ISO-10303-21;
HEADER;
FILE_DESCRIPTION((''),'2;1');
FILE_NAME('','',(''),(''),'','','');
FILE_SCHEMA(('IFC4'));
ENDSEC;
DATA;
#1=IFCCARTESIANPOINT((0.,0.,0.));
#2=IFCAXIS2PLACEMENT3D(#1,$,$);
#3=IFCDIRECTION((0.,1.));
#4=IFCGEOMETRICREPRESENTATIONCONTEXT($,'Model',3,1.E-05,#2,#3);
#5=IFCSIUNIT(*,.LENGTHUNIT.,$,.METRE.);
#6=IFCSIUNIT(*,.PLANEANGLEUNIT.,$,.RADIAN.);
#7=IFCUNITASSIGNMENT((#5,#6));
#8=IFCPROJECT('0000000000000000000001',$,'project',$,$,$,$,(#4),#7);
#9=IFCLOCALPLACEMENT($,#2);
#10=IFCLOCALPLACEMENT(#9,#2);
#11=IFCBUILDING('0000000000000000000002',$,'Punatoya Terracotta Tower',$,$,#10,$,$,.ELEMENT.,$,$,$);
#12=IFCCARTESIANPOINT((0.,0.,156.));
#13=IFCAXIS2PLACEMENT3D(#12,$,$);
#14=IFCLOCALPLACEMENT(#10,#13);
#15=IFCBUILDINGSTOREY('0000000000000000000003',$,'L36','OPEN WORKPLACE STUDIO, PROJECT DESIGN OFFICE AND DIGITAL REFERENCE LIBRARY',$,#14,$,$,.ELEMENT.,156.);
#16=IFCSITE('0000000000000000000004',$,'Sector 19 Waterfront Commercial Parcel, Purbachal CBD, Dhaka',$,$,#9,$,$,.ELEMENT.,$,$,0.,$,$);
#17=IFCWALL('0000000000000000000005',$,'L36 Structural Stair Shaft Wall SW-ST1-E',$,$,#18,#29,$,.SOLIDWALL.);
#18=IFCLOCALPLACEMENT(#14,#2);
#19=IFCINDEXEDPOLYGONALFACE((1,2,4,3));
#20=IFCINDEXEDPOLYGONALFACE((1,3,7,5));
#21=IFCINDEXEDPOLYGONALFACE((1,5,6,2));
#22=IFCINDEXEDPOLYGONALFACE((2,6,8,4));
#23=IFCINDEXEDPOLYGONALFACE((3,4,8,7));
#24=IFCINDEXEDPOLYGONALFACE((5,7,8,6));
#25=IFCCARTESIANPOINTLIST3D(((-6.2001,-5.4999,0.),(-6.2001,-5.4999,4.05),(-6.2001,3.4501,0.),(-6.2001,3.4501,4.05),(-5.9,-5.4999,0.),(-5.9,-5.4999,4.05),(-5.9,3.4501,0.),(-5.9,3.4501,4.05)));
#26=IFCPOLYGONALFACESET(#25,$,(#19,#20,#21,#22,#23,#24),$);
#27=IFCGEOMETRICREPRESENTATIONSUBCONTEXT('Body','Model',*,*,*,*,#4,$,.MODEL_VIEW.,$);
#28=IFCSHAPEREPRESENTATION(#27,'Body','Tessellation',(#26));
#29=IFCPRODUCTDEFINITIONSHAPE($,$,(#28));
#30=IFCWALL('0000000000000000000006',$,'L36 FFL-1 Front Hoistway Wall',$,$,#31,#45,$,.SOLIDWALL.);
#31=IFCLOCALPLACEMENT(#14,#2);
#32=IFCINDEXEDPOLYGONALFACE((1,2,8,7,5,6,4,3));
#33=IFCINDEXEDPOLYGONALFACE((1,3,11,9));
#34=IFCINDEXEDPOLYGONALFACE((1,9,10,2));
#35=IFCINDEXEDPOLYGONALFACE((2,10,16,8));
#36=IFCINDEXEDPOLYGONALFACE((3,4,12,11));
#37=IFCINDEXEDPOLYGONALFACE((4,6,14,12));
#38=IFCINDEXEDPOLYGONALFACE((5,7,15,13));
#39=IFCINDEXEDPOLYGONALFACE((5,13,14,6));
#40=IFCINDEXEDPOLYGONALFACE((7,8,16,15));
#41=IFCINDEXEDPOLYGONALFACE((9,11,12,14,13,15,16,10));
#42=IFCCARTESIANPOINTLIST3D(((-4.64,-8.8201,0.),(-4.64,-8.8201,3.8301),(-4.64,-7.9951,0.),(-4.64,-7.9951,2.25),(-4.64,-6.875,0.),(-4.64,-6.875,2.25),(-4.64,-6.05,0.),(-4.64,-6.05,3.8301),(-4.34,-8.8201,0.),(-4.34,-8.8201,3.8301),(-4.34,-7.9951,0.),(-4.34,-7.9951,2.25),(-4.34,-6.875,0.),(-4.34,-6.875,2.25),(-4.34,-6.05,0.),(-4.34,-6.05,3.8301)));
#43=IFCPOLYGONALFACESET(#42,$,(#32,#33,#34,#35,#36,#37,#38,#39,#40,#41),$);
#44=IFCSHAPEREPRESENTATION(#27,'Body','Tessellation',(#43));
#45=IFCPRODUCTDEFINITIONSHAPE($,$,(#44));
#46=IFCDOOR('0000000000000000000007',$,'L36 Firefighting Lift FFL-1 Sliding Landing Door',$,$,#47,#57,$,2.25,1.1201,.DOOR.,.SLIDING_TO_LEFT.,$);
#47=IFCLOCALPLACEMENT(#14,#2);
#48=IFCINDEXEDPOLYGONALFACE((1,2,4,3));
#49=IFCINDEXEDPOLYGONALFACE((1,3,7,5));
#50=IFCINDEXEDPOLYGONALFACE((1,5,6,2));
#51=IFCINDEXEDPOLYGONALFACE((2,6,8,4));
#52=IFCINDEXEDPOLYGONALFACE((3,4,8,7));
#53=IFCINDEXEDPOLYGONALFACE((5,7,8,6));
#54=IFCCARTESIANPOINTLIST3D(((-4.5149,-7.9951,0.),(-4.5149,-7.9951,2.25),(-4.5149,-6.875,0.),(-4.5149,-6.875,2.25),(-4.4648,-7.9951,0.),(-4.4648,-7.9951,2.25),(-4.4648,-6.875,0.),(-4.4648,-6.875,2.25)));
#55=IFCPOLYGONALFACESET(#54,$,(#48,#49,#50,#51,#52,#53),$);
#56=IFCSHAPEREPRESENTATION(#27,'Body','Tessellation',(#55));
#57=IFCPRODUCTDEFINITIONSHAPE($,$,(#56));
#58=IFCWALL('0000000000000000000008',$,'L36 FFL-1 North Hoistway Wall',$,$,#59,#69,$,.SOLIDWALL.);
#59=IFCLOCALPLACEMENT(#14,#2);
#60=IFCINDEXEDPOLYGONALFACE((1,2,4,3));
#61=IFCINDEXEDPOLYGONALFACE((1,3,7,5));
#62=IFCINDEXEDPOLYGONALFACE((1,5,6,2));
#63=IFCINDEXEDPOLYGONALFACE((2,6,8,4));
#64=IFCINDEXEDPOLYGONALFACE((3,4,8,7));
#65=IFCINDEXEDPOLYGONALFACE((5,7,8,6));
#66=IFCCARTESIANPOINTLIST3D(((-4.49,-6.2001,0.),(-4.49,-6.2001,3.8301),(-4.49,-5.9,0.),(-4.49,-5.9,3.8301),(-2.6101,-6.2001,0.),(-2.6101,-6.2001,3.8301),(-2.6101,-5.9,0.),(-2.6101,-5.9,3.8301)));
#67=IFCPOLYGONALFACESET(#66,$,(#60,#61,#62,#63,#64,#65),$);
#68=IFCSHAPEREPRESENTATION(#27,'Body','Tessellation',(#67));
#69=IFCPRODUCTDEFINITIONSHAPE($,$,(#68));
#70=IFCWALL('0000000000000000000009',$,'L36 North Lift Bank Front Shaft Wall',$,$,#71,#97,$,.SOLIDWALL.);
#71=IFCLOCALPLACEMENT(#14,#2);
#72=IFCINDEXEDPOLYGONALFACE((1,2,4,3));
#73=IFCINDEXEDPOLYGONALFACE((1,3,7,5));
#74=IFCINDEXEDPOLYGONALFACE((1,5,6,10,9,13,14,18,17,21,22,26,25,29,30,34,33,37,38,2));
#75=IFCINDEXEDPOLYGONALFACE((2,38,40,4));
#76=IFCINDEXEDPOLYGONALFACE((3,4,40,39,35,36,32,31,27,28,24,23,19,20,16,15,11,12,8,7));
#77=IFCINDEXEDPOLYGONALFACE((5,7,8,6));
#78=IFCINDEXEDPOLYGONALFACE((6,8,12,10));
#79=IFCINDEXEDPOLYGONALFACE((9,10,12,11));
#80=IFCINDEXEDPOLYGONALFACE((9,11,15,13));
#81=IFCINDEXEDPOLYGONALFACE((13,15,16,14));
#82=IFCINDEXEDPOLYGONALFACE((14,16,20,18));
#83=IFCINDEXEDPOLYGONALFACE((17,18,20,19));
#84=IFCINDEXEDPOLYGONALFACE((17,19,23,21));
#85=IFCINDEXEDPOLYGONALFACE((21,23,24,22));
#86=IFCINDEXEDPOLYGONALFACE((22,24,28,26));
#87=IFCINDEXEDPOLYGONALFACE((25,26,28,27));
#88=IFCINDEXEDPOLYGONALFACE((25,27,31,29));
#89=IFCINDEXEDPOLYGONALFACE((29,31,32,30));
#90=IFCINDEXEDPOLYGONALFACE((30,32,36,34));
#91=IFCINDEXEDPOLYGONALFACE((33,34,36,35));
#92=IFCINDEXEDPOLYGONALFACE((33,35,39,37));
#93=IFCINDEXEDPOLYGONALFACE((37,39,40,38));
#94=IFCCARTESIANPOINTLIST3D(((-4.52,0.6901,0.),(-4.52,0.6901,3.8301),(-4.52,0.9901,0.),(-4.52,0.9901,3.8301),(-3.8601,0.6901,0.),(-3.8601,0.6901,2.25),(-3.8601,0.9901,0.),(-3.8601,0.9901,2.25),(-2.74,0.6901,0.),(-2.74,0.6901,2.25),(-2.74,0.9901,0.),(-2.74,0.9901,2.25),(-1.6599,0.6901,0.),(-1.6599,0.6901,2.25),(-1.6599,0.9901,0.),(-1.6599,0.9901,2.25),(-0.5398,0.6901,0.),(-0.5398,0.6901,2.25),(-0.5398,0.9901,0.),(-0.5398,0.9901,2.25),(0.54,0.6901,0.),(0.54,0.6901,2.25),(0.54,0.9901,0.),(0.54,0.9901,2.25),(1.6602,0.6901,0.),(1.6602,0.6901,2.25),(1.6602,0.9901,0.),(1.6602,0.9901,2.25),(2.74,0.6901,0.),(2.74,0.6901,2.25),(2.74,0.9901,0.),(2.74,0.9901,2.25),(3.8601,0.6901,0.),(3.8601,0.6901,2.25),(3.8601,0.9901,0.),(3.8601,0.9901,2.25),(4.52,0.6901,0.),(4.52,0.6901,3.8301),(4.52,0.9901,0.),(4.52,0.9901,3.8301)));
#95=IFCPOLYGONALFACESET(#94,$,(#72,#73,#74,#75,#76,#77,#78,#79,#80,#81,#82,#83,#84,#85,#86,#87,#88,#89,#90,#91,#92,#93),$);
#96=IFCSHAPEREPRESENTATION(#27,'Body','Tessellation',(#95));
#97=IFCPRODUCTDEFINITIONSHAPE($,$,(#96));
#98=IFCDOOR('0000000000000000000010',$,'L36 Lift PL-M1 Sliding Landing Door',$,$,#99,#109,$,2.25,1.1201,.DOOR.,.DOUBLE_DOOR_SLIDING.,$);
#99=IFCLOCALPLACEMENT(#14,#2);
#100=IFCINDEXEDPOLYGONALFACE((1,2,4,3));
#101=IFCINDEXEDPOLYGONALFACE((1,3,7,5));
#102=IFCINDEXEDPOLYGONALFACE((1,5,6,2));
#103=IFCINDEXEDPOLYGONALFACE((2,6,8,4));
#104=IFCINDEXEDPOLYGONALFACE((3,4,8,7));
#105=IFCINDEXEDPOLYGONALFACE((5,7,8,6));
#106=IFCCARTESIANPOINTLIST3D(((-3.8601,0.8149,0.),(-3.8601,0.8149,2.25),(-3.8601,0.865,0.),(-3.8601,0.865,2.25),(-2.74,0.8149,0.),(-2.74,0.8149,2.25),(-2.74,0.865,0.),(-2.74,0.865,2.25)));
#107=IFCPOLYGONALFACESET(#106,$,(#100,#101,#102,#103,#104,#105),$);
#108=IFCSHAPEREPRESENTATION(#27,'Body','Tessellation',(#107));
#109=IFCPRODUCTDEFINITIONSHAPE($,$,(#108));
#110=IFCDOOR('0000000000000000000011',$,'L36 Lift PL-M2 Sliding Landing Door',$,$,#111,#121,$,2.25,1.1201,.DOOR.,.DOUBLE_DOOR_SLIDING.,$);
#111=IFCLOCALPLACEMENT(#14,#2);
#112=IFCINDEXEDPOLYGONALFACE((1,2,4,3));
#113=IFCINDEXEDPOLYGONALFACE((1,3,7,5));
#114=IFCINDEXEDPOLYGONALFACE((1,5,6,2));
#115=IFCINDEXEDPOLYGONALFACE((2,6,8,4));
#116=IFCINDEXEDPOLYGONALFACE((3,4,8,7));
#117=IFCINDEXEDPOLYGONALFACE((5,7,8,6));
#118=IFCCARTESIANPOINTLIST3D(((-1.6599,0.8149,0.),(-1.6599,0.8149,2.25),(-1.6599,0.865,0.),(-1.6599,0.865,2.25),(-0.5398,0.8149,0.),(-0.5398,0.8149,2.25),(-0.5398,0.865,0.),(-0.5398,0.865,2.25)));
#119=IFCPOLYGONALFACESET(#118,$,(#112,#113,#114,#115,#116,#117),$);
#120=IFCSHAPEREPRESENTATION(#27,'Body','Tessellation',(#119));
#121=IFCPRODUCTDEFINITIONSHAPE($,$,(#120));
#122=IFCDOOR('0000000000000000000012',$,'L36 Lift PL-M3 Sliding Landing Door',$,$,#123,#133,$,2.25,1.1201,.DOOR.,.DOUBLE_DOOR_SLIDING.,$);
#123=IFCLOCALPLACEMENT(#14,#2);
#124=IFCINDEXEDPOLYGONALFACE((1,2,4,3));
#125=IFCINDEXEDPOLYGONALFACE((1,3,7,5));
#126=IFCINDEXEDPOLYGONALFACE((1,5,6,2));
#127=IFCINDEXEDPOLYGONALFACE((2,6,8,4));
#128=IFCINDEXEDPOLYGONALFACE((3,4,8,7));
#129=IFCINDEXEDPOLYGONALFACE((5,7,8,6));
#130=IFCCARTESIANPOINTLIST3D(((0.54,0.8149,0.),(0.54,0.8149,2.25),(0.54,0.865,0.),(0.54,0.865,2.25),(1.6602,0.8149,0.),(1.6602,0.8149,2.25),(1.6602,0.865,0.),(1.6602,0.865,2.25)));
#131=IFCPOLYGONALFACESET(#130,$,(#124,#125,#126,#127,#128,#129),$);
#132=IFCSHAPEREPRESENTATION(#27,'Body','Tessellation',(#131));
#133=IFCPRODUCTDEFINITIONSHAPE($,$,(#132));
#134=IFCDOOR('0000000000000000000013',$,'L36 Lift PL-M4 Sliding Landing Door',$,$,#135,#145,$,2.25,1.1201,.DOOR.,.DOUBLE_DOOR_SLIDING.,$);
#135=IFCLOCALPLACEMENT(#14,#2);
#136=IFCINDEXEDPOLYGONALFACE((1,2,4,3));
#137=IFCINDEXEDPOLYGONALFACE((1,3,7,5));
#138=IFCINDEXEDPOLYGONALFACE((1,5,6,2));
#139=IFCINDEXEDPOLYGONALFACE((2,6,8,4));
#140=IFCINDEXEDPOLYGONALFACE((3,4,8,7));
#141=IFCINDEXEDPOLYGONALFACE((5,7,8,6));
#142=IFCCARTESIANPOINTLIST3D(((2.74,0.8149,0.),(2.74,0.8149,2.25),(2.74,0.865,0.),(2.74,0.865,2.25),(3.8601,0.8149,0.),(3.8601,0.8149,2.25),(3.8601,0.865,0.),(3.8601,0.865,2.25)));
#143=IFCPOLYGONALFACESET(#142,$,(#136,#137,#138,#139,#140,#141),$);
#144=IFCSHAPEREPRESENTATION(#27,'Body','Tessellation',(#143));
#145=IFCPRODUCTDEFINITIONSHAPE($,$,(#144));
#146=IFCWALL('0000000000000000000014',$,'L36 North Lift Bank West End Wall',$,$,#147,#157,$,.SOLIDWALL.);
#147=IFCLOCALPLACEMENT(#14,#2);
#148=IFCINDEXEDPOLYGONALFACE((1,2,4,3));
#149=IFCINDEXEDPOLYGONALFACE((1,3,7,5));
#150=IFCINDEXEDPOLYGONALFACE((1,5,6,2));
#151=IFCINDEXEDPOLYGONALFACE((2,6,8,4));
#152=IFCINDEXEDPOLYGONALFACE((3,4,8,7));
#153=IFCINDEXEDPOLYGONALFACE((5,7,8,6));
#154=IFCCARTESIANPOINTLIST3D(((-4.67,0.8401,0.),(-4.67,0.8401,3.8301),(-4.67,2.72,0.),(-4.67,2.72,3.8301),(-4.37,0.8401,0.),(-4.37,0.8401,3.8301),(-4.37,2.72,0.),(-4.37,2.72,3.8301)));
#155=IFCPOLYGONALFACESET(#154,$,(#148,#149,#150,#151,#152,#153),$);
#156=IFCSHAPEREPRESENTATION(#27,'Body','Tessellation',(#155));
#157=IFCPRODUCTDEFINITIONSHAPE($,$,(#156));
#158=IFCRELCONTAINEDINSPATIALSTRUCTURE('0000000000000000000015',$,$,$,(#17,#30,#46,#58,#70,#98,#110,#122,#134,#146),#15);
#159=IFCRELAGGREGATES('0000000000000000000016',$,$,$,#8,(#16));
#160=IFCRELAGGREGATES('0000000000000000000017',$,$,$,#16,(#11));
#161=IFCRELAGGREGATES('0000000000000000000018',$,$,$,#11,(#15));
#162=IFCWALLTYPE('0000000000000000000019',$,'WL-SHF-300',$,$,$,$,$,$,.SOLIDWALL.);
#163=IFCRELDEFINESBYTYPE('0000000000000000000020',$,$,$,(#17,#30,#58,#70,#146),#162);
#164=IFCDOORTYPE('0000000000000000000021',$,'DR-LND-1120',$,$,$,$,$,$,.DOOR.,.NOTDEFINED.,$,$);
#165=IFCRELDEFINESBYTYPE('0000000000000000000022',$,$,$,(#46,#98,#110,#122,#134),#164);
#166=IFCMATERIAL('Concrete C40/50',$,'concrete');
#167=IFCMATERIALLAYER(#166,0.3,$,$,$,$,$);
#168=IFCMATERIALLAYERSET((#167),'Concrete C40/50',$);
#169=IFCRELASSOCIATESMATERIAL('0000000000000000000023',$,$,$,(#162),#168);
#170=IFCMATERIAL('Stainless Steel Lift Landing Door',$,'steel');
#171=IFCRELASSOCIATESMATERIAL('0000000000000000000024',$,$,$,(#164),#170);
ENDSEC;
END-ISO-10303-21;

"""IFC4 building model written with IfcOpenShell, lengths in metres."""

from ifc_helpers import new_model, si_unit, direction, frame, frame_2d, origin, place, context, subcontext, project, spatial, rectangle, extrude, material, layer, layer_set, type_object, element, fill, save


model = new_model("IFC4")

# Units and contexts
model_context = context("Model", 3, precision=1e-05, world=origin(), true_north=direction((0.0, 1.0)))
body_context = subcontext(model_context, "Body", "Model", "MODEL_VIEW")
ifc_project = project(units=[si_unit("LENGTHUNIT", "METRE"), si_unit("PLANEANGLEUNIT", "RADIAN")], contexts=[model_context])

# Site, building, storey
site_placement = place(None, origin())
site = spatial("IfcSite", under=ifc_project, at=site_placement, Name="Sector 19 Waterfront Commercial Parcel, Purbachal CBD, Dhaka", CompositionType="ELEMENT", RefElevation=0.0)
building_placement = place(site_placement, origin())
building = spatial("IfcBuilding", under=site, at=building_placement, Name="Punatoya Terracotta Tower", CompositionType="ELEMENT")
storey_placement = place(building_placement, frame((0.0, 0.0, 156.0)))
storey = spatial("IfcBuildingStorey", under=building, at=storey_placement, Name="L36", Description="OPEN WORKPLACE STUDIO, PROJECT DESIGN OFFICE AND DIGITAL REFERENCE LIBRARY", CompositionType="ELEMENT", Elevation=156.0)

# Wall
ifc_material_1 = material(Name="Concrete C40/50", Category="concrete")
ifc_layer_1 = layer(ifc_material_1, 0.3)
ifc_layer_set_1 = layer_set([ifc_layer_1], Name="Concrete C40/50")
wall_type_1 = type_object("IfcWallType", Name="WL-SHF-300", PredefinedType="SOLIDWALL", material=ifc_layer_set_1)
wall_1_placement = place(storey_placement, frame((-6.05, -5.5, 0.0), z_axis=(0.0, 0.0, 1.0), x_axis=(0.0, 1.0, 0.0)))
element("IfcWall", 1, at=wall_1_placement, inside=storey, type_object=wall_type_1, Name="L36 Structural Stair Shaft Wall SW-ST1-E", PredefinedType="SOLIDWALL", context=body_context, shape_type="SweptSolid", body=[
    extrude(rectangle(XDim=8.95, YDim=0.3, at=frame_2d((4.4751, 0.0))), origin(), (0.0, 0.0, 1.0), 4.05),
])

# Wall, opening, door
wall_2_placement = place(storey_placement, frame((-4.49, -8.8201, 0.0), z_axis=(0.0, 0.0, 1.0), x_axis=(0.0, 1.0, 0.0)))
wall_2 = element("IfcWall", 2, at=wall_2_placement, inside=storey, type_object=wall_type_1, Name="L36 FFL-1 Front Hoistway Wall", PredefinedType="SOLIDWALL", context=body_context, shape_type="SweptSolid", body=[
    extrude(rectangle(XDim=2.77, YDim=0.3, at=frame_2d((1.385, 0.0))), origin(), (0.0, 0.0, 1.0), 3.8301),
])
opening_1_placement = place(wall_2_placement, frame((0.825, 0.0, 0.0)))
opening_1 = element("IfcOpeningElement", 3, at=opening_1_placement, cuts=wall_2, PredefinedType="OPENING", context=body_context, shape_type="SweptSolid", body=[
    extrude(rectangle(XDim=1.1201, YDim=2.25, at=frame_2d((0.5601, 1.125))), frame((0.0, 0.1599, 0.0), z_axis=(0.0, -1.0, 0.0), x_axis=(1.0, 0.0, 0.0)), (0.0, 0.0, 1.0), 0.3201),
])
ifc_material_2 = material(Name="Stainless Steel Lift Landing Door", Category="steel")
door_type_1 = type_object("IfcDoorType", Name="DR-LND-1120", OperationType="NOTDEFINED", PredefinedType="DOOR", material=ifc_material_2)
door_1_placement = place(opening_1_placement, origin())
door_1 = element("IfcDoor", 4, at=door_1_placement, inside=storey, type_object=door_type_1, Name="L36 Firefighting Lift FFL-1 Sliding Landing Door", OperationType="SLIDING_TO_LEFT", OverallHeight=2.25, OverallWidth=1.1201, PredefinedType="DOOR", context=body_context, shape_type="SweptSolid", body=[
    extrude(rectangle(XDim=1.1201, YDim=2.25, at=frame_2d((0.5601, 1.125))), frame((0.0, 0.0249, 0.0), z_axis=(0.0, -1.0, 0.0), x_axis=(1.0, 0.0, 0.0)), (0.0, 0.0, 1.0), 0.05),
])
fill(opening_1, door_1)

# Wall
wall_3_placement = place(storey_placement, frame((-4.49, -6.05, 0.0), z_axis=(0.0, 0.0, 1.0), x_axis=(1.0, 0.0, 0.0)))
element("IfcWall", 5, at=wall_3_placement, inside=storey, type_object=wall_type_1, Name="L36 FFL-1 North Hoistway Wall", PredefinedType="SOLIDWALL", context=body_context, shape_type="SweptSolid", body=[
    extrude(rectangle(XDim=1.8799, YDim=0.3, at=frame_2d((0.9399, 0.0))), origin(), (0.0, 0.0, 1.0), 3.8301),
])

# Wall, openings, doors
wall_4_placement = place(storey_placement, frame((-4.52, 0.8401, 0.0), z_axis=(0.0, 0.0, 1.0), x_axis=(1.0, 0.0, 0.0)))
wall_4 = element("IfcWall", 6, at=wall_4_placement, inside=storey, type_object=wall_type_1, Name="L36 North Lift Bank Front Shaft Wall", PredefinedType="SOLIDWALL", context=body_context, shape_type="SweptSolid", body=[
    extrude(rectangle(XDim=9.04, YDim=0.3, at=frame_2d((4.52, 0.0))), origin(), (0.0, 0.0, 1.0), 3.8301),
])
opening_2_placement = place(wall_4_placement, frame((0.6599, 0.0, 0.0)))
opening_2 = element("IfcOpeningElement", 7, at=opening_2_placement, cuts=wall_4, PredefinedType="OPENING", context=body_context, shape_type="SweptSolid", body=[
    extrude(rectangle(XDim=1.1201, YDim=2.25, at=frame_2d((0.5601, 1.125))), frame((0.0, 0.1599, 0.0), z_axis=(0.0, -1.0, 0.0), x_axis=(1.0, 0.0, 0.0)), (0.0, 0.0, 1.0), 0.3201),
])
opening_3_placement = place(wall_4_placement, frame((2.8601, 0.0, 0.0)))
opening_3 = element("IfcOpeningElement", 8, at=opening_3_placement, cuts=wall_4, PredefinedType="OPENING", context=body_context, shape_type="SweptSolid", body=[
    extrude(rectangle(XDim=1.1201, YDim=2.25, at=frame_2d((0.5601, 1.125))), frame((0.0, 0.1599, 0.0), z_axis=(0.0, -1.0, 0.0), x_axis=(1.0, 0.0, 0.0)), (0.0, 0.0, 1.0), 0.3201),
])
opening_4_placement = place(wall_4_placement, frame((5.0601, 0.0, 0.0)))
opening_4 = element("IfcOpeningElement", 9, at=opening_4_placement, cuts=wall_4, PredefinedType="OPENING", context=body_context, shape_type="SweptSolid", body=[
    extrude(rectangle(XDim=1.1201, YDim=2.25, at=frame_2d((0.5601, 1.125))), frame((0.0, 0.1599, 0.0), z_axis=(0.0, -1.0, 0.0), x_axis=(1.0, 0.0, 0.0)), (0.0, 0.0, 1.0), 0.3201),
])
opening_5_placement = place(wall_4_placement, frame((7.26, 0.0, 0.0)))
opening_5 = element("IfcOpeningElement", 10, at=opening_5_placement, cuts=wall_4, PredefinedType="OPENING", context=body_context, shape_type="SweptSolid", body=[
    extrude(rectangle(XDim=1.1201, YDim=2.25, at=frame_2d((0.5601, 1.125))), frame((0.0, 0.1599, 0.0), z_axis=(0.0, -1.0, 0.0), x_axis=(1.0, 0.0, 0.0)), (0.0, 0.0, 1.0), 0.3201),
])
door_2_placement = place(opening_2_placement, origin())
door_2 = element("IfcDoor", 11, at=door_2_placement, inside=storey, type_object=door_type_1, Name="L36 Lift PL-M1 Sliding Landing Door", OperationType="DOUBLE_DOOR_SLIDING", OverallHeight=2.25, OverallWidth=1.1201, PredefinedType="DOOR", context=body_context, shape_type="SweptSolid", body=[
    extrude(rectangle(XDim=1.1201, YDim=2.25, at=frame_2d((0.5601, 1.125))), frame((0.0, 0.0249, 0.0), z_axis=(0.0, -1.0, 0.0), x_axis=(1.0, 0.0, 0.0)), (0.0, 0.0, 1.0), 0.05),
])
fill(opening_2, door_2)
door_3_placement = place(opening_3_placement, origin())
door_3 = element("IfcDoor", 12, at=door_3_placement, inside=storey, type_object=door_type_1, Name="L36 Lift PL-M2 Sliding Landing Door", OperationType="DOUBLE_DOOR_SLIDING", OverallHeight=2.25, OverallWidth=1.1201, PredefinedType="DOOR", context=body_context, shape_type="SweptSolid", body=[
    extrude(rectangle(XDim=1.1201, YDim=2.25, at=frame_2d((0.5601, 1.125))), frame((0.0, 0.0249, 0.0), z_axis=(0.0, -1.0, 0.0), x_axis=(1.0, 0.0, 0.0)), (0.0, 0.0, 1.0), 0.05),
])
fill(opening_3, door_3)
door_4_placement = place(opening_4_placement, origin())
door_4 = element("IfcDoor", 13, at=door_4_placement, inside=storey, type_object=door_type_1, Name="L36 Lift PL-M3 Sliding Landing Door", OperationType="DOUBLE_DOOR_SLIDING", OverallHeight=2.25, OverallWidth=1.1201, PredefinedType="DOOR", context=body_context, shape_type="SweptSolid", body=[
    extrude(rectangle(XDim=1.1201, YDim=2.25, at=frame_2d((0.5601, 1.125))), frame((0.0, 0.0249, 0.0), z_axis=(0.0, -1.0, 0.0), x_axis=(1.0, 0.0, 0.0)), (0.0, 0.0, 1.0), 0.05),
])
fill(opening_4, door_4)
door_5_placement = place(opening_5_placement, origin())
door_5 = element("IfcDoor", 14, at=door_5_placement, inside=storey, type_object=door_type_1, Name="L36 Lift PL-M4 Sliding Landing Door", OperationType="DOUBLE_DOOR_SLIDING", OverallHeight=2.25, OverallWidth=1.1201, PredefinedType="DOOR", context=body_context, shape_type="SweptSolid", body=[
    extrude(rectangle(XDim=1.1201, YDim=2.25, at=frame_2d((0.5601, 1.125))), frame((0.0, 0.0249, 0.0), z_axis=(0.0, -1.0, 0.0), x_axis=(1.0, 0.0, 0.0)), (0.0, 0.0, 1.0), 0.05),
])
fill(opening_5, door_5)

# Wall
wall_5_placement = place(storey_placement, frame((-4.52, 0.8401, 0.0), z_axis=(0.0, 0.0, 1.0), x_axis=(0.0, 1.0, 0.0)))
element("IfcWall", 15, at=wall_5_placement, inside=storey, type_object=wall_type_1, Name="L36 North Lift Bank West End Wall", PredefinedType="SOLIDWALL", context=body_context, shape_type="SweptSolid", body=[
    extrude(rectangle(XDim=1.8799, YDim=0.3, at=frame_2d((0.9399, 0.0))), origin(), (0.0, 0.0, 1.0), 3.8301),
])

save(model, "model.ifc")
